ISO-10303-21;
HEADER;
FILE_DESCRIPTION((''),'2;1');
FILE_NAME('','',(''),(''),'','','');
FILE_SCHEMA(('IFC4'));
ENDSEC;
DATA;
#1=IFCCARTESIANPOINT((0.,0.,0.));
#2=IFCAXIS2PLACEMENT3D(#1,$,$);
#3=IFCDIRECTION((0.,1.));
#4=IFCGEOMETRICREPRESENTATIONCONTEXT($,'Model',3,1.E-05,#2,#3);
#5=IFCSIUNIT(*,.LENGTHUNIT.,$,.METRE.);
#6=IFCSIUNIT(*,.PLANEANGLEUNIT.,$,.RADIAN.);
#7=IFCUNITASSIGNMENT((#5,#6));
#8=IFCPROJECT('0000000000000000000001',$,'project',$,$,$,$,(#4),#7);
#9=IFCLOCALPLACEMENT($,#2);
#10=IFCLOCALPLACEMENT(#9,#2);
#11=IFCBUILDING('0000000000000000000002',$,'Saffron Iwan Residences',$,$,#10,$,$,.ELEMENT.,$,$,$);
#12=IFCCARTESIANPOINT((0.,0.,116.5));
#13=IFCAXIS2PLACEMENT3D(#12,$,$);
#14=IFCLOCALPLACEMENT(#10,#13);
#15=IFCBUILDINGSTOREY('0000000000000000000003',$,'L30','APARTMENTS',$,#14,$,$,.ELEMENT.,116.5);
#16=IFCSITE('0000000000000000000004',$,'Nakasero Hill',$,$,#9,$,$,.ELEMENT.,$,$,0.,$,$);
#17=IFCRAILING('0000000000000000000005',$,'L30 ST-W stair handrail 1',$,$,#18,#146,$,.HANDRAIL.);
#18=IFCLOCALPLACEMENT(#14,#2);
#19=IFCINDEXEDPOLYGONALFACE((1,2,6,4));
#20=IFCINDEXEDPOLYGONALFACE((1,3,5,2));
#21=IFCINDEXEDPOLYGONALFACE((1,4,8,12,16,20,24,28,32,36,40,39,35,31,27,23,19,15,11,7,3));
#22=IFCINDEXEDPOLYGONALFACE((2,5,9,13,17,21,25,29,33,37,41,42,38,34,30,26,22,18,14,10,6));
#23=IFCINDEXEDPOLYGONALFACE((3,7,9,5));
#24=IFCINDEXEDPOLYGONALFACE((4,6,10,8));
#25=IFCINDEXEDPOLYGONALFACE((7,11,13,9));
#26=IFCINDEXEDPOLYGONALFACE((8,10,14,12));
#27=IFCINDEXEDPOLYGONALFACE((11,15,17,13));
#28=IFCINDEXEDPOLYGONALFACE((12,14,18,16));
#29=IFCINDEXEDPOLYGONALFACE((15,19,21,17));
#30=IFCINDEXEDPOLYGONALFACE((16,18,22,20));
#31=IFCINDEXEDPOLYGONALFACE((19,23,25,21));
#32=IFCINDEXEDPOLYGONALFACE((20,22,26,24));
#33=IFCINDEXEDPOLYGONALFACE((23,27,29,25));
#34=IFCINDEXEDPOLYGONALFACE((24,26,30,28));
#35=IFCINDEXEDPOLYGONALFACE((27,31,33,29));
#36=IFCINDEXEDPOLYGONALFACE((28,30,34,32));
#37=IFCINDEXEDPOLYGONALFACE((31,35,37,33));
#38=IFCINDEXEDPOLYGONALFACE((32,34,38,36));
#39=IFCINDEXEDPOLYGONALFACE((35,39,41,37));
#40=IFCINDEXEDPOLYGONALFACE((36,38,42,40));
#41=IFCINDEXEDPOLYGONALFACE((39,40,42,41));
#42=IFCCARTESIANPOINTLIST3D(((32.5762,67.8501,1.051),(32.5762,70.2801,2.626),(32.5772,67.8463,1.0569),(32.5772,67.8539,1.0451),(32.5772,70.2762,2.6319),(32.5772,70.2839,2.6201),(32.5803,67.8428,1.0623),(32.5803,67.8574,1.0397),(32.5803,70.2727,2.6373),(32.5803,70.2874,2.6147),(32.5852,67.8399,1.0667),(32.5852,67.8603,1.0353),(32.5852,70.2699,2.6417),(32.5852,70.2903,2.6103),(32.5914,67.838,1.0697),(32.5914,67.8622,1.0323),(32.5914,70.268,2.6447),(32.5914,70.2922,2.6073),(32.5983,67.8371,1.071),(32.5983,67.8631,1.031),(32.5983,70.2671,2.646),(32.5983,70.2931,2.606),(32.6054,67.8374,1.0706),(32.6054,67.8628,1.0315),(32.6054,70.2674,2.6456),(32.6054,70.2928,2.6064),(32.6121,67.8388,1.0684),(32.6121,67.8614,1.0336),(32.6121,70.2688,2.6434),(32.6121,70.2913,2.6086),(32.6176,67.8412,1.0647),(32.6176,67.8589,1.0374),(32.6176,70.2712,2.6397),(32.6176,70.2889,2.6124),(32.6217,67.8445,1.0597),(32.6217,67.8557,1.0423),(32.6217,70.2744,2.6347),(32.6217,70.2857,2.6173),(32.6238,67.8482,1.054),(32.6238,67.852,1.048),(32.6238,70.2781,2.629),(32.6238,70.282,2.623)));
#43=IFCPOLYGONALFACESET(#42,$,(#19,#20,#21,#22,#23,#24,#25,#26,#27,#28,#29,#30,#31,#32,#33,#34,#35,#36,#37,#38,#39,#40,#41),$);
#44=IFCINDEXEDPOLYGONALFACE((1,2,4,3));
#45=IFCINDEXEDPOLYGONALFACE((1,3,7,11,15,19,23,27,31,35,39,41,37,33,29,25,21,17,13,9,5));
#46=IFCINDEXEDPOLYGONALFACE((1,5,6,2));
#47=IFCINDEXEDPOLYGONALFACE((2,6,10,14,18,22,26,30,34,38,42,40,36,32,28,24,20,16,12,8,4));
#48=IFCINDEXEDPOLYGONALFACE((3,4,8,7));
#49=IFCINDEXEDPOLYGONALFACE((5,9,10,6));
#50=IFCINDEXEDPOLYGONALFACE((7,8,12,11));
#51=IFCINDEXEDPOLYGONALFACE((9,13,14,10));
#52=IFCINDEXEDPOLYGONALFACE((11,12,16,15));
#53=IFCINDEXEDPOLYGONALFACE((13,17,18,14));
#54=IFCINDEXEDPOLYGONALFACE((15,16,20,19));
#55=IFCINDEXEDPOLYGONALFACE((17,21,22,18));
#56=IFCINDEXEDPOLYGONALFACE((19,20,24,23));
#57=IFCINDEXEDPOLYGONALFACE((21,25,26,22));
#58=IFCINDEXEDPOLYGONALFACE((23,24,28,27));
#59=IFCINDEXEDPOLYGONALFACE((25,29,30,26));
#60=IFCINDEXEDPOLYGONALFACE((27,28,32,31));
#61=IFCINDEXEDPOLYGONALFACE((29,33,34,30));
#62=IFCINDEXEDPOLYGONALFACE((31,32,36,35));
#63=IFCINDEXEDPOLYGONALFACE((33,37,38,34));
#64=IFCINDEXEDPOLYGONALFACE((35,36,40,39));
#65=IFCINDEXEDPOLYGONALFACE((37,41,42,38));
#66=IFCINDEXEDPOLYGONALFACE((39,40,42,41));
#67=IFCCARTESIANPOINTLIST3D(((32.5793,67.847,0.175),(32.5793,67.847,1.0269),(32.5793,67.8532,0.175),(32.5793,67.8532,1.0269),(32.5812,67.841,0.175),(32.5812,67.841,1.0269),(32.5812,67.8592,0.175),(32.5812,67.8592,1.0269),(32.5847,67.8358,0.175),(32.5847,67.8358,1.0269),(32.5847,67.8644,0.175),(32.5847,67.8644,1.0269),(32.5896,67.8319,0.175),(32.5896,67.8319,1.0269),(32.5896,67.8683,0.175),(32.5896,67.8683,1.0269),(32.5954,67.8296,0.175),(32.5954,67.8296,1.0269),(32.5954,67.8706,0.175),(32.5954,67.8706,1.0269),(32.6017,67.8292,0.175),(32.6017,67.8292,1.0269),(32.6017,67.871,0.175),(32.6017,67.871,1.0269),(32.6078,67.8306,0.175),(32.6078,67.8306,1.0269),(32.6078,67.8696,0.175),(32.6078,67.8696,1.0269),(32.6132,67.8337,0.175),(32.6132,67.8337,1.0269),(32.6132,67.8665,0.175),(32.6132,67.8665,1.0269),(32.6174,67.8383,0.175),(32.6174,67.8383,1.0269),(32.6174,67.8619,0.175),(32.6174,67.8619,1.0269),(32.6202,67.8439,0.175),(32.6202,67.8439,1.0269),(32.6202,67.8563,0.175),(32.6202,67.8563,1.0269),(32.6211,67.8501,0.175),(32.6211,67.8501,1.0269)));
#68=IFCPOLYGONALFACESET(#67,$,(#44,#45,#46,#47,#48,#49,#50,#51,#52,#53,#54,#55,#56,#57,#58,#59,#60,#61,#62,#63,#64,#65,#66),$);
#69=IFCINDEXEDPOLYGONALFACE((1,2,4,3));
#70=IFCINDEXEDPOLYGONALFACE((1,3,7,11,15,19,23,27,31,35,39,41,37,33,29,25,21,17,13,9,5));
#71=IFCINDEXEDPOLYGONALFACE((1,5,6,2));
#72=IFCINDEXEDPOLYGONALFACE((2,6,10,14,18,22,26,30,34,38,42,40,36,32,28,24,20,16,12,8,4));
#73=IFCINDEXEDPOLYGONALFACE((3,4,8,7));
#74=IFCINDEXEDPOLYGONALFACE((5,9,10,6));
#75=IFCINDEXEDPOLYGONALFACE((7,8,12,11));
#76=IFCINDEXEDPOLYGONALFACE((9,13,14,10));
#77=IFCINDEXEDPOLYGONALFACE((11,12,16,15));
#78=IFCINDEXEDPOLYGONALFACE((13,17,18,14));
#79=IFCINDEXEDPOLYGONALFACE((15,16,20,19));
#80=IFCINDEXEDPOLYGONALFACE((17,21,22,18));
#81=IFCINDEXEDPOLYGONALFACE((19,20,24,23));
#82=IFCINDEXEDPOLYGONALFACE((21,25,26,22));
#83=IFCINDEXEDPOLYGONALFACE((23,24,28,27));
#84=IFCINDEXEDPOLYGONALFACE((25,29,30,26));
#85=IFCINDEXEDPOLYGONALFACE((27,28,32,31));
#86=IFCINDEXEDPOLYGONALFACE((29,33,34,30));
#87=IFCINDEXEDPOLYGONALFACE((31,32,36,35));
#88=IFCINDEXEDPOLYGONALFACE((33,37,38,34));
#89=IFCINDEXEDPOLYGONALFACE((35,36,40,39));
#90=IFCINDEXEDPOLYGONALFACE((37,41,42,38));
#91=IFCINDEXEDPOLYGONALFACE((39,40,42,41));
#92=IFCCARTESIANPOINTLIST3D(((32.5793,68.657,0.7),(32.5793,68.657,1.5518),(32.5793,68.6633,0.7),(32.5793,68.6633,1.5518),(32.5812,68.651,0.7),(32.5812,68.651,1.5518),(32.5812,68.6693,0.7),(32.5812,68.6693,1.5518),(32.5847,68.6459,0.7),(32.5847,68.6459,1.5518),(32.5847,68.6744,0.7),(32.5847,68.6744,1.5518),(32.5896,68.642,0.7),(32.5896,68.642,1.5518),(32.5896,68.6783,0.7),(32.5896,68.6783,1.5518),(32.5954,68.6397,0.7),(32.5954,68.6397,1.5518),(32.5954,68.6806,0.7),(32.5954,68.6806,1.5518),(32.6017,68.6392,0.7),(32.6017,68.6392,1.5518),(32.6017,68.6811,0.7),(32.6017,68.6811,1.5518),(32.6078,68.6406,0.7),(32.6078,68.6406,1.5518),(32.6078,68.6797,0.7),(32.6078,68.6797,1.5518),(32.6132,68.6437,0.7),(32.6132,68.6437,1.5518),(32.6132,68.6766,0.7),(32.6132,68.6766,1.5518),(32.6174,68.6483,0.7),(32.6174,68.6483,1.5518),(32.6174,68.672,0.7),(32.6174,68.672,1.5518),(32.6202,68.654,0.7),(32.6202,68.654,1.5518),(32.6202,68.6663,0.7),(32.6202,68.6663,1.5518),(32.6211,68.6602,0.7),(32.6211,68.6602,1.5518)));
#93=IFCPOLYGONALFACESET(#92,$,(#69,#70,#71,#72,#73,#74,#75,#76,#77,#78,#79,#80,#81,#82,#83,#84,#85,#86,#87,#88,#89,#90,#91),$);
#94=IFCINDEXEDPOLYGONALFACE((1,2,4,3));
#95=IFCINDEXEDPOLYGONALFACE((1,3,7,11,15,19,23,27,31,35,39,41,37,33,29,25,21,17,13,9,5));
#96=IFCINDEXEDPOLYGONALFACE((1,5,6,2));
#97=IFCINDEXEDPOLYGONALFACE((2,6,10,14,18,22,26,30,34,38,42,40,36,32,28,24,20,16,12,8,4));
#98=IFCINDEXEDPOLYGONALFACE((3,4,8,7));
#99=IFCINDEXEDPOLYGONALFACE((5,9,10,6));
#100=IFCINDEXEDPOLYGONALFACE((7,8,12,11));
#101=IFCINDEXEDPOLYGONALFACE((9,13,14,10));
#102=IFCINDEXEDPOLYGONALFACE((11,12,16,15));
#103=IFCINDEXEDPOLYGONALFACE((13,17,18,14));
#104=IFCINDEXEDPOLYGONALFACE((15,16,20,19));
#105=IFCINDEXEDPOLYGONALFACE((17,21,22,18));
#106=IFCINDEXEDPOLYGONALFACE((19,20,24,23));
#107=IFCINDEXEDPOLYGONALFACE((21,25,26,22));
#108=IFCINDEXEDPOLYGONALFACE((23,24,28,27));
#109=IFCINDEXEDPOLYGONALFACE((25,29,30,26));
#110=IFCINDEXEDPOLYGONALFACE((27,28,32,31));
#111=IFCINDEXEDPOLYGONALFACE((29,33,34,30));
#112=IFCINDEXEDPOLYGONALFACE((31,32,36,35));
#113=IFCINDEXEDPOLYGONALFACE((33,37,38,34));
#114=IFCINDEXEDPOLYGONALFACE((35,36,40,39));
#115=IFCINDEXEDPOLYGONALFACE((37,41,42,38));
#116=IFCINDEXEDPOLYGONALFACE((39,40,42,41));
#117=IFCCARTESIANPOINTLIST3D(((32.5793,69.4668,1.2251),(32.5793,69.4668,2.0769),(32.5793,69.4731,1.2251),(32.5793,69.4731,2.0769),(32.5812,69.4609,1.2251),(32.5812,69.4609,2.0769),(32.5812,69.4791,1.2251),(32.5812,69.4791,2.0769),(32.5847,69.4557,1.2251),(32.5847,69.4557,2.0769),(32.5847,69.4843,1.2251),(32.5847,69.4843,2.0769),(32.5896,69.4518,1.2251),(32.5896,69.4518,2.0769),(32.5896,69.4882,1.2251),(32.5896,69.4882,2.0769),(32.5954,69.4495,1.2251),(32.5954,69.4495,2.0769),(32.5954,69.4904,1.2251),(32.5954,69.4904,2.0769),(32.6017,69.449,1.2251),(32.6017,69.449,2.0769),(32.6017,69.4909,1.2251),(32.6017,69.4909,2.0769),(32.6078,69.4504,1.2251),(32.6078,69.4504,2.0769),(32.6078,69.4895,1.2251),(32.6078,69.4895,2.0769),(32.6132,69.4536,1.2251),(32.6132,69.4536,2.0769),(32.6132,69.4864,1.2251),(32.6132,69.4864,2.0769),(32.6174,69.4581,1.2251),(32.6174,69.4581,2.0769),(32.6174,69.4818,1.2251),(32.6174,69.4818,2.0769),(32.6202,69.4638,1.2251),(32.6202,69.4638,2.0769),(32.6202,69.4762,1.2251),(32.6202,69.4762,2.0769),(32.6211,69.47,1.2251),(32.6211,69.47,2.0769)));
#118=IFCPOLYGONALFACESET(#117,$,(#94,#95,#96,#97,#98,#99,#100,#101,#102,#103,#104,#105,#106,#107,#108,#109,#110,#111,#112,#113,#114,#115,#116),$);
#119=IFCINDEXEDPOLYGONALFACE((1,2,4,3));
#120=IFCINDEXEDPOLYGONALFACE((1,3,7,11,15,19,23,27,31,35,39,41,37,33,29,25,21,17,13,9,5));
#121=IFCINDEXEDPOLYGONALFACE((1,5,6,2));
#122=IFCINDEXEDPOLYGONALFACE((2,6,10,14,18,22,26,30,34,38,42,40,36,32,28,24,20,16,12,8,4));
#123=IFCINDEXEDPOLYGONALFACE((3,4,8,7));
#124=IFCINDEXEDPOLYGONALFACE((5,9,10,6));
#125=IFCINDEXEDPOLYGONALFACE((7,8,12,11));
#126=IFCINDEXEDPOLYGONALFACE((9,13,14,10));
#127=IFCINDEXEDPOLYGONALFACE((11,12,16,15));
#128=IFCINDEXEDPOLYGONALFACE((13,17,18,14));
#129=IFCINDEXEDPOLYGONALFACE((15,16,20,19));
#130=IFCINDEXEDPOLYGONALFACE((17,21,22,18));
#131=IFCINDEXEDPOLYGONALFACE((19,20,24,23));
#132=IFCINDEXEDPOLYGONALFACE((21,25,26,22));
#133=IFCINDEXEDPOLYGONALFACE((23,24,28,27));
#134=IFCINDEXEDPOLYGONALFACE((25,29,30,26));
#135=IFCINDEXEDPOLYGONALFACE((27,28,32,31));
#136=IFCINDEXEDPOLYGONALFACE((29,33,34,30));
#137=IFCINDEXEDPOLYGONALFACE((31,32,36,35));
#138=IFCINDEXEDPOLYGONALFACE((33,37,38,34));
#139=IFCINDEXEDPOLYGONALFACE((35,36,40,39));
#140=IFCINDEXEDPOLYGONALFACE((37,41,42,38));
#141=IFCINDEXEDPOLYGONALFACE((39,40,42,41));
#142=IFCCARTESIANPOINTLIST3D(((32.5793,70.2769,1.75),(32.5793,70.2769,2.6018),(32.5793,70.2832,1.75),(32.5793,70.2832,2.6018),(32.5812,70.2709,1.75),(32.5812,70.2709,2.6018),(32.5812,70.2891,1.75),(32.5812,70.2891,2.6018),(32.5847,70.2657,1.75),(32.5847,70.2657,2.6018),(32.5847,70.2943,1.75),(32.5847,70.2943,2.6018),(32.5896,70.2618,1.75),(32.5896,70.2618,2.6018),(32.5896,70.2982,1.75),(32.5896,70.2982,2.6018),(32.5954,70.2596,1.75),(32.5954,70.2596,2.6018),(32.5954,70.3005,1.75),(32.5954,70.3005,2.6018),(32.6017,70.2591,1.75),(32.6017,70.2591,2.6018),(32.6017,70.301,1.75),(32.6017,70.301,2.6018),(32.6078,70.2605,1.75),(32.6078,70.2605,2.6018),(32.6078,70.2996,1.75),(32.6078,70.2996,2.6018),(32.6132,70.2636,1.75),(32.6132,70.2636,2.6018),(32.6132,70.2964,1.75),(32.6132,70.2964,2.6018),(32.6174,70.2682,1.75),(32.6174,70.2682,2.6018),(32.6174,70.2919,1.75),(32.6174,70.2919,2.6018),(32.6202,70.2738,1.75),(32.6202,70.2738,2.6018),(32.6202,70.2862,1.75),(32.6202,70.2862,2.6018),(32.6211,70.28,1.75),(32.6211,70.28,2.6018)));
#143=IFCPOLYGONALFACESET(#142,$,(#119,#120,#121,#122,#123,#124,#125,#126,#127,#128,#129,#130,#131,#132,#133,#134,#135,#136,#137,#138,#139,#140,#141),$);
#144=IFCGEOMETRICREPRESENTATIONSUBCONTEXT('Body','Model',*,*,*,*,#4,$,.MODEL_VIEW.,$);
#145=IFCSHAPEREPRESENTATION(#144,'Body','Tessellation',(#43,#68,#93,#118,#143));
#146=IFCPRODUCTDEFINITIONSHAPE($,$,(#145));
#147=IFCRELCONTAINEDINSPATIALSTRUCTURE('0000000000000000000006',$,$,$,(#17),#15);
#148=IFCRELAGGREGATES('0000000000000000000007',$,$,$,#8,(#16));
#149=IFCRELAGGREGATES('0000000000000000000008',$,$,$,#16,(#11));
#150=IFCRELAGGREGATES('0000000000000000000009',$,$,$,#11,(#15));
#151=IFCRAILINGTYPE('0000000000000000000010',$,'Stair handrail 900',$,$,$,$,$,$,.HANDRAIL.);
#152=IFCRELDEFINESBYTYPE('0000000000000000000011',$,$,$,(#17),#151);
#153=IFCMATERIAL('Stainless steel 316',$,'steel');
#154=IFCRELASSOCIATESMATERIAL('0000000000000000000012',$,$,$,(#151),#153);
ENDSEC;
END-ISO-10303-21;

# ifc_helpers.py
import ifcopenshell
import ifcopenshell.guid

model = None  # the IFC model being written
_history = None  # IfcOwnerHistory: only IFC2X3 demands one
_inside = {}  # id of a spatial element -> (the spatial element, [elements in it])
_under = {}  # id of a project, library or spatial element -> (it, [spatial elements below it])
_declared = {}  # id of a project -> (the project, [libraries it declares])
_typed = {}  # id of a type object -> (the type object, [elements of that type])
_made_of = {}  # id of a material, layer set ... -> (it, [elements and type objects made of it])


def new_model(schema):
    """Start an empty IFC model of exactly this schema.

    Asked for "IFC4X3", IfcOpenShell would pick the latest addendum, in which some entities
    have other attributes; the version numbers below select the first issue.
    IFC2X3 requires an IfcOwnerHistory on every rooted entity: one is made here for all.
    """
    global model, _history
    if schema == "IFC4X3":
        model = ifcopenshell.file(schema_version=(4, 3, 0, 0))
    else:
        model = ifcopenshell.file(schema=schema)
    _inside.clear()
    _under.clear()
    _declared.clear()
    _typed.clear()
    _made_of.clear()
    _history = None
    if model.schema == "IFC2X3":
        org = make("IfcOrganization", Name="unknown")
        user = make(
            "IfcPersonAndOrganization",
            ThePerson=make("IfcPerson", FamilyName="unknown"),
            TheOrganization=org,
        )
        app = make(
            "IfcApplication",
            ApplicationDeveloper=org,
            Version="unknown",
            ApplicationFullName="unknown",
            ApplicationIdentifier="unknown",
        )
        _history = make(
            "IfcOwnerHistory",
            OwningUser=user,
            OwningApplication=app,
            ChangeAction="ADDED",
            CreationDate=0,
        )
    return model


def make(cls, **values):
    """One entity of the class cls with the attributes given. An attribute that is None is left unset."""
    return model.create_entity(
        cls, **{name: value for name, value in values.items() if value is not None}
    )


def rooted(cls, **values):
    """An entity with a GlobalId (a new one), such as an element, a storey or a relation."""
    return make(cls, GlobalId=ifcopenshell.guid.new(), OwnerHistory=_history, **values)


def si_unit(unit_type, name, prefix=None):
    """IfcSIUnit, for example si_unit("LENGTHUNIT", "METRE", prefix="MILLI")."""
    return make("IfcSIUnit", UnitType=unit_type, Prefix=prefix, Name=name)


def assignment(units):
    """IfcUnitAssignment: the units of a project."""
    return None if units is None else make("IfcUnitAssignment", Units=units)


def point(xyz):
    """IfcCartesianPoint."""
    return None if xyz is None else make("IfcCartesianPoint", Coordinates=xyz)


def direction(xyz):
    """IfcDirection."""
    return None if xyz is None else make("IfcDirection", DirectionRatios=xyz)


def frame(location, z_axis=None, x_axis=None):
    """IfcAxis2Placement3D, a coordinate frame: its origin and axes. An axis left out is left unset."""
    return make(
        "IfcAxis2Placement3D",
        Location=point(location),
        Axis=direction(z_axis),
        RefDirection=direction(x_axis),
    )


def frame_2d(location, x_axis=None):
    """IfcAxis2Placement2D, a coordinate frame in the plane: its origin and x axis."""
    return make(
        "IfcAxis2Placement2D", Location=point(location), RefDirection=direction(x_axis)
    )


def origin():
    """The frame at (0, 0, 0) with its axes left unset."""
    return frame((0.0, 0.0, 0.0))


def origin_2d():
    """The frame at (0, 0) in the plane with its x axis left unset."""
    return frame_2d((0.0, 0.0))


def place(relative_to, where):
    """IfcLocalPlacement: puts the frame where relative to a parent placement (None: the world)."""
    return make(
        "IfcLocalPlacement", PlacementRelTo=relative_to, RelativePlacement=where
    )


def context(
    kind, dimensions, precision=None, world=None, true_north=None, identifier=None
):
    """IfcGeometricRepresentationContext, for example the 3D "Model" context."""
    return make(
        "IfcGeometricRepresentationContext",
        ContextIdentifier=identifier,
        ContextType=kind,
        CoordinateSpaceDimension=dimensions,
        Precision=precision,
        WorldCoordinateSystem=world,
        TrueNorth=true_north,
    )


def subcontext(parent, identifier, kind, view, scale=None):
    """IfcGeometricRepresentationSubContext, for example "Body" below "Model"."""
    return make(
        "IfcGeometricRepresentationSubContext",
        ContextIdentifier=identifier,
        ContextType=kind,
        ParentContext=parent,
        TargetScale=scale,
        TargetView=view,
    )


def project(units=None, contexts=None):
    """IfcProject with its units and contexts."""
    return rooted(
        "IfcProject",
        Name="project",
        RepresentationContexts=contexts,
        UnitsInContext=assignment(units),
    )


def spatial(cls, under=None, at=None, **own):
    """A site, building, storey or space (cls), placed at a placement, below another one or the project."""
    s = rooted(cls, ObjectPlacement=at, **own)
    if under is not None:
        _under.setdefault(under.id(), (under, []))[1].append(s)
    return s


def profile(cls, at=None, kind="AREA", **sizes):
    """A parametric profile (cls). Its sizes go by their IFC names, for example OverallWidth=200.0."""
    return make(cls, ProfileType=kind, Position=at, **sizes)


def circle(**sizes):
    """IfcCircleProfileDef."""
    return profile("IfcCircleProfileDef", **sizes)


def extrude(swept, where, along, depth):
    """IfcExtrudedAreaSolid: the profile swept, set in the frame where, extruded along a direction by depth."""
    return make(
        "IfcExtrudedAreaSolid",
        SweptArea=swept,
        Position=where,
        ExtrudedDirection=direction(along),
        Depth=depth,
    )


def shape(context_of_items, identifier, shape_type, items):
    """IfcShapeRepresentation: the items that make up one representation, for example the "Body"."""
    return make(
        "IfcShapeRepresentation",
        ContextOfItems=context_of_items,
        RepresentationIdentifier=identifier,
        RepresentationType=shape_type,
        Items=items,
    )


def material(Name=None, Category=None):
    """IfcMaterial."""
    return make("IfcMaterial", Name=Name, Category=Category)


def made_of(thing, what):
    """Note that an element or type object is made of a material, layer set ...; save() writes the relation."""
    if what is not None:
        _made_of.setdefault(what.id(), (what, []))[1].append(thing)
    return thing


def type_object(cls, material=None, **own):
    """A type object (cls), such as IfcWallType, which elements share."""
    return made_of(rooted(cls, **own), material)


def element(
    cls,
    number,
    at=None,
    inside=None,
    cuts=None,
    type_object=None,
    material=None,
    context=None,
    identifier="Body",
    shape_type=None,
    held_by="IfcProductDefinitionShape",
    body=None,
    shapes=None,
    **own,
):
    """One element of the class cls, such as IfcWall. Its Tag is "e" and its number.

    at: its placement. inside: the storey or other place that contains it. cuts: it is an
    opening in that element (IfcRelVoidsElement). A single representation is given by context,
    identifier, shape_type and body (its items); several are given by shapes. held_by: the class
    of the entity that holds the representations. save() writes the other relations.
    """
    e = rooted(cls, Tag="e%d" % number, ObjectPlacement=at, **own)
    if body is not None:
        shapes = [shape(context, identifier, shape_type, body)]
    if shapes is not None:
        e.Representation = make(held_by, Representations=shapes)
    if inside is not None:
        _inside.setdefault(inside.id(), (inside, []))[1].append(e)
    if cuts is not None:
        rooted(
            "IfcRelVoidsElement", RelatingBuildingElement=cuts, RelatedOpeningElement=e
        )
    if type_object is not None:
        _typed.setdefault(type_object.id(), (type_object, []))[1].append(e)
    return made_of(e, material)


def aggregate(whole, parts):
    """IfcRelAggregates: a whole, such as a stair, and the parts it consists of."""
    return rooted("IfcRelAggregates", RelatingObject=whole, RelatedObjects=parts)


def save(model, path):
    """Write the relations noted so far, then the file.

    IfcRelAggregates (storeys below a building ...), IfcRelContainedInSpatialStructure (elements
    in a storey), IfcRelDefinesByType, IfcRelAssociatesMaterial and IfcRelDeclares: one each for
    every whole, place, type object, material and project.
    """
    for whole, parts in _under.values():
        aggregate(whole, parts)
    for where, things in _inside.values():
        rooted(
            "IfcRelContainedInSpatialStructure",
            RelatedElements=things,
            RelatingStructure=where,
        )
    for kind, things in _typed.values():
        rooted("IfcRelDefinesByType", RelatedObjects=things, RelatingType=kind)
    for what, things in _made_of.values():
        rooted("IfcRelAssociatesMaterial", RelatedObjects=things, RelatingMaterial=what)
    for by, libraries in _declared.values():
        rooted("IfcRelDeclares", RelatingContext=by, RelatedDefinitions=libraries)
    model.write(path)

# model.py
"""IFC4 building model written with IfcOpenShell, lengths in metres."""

from ifc_helpers import new_model, si_unit, direction, frame, origin, origin_2d, place, context, subcontext, project, spatial, circle, extrude, material, type_object, element, save


model = new_model("IFC4")

# Units and contexts
model_context = context("Model", 3, precision=1e-05, world=origin(), true_north=direction((0.0, 1.0)))
body_context = subcontext(model_context, "Body", "Model", "MODEL_VIEW")
ifc_project = project(units=[si_unit("LENGTHUNIT", "METRE"), si_unit("PLANEANGLEUNIT", "RADIAN")], contexts=[model_context])

# Site, building, storey
site_placement = place(None, origin())
site = spatial("IfcSite", under=ifc_project, at=site_placement, Name="Nakasero Hill", CompositionType="ELEMENT", RefElevation=0.0)
building_placement = place(site_placement, origin())
building = spatial("IfcBuilding", under=site, at=building_placement, Name="Saffron Iwan Residences", CompositionType="ELEMENT")
storey_placement = place(building_placement, frame((0.0, 0.0, 116.5)))
storey = spatial("IfcBuildingStorey", under=building, at=storey_placement, Name="L30", Description="APARTMENTS", CompositionType="ELEMENT", Elevation=116.5)

# Railing
ifc_material_1 = material(Name="Stainless steel 316", Category="steel")
railing_type = type_object("IfcRailingType", Name="Stair handrail 900", PredefinedType="HANDRAIL", material=ifc_material_1)
railing_placement = place(storey_placement, frame((32.6001, 67.8501, 0.175)))
element("IfcRailing", 1, at=railing_placement, inside=storey, type_object=railing_type, Name="L30 ST-W stair handrail 1", PredefinedType="HANDRAIL", context=body_context, shape_type="SweptSolid", body=[
    extrude(circle(Radius=0.0239, at=origin_2d()), frame((0.0, 0.0, 0.876), z_axis=(0.0, 0.839154, 0.543894), x_axis=(-1.0, 0.0, 0.0)), (0.0, 0.0, 1.0), 2.8958),
    extrude(circle(Radius=0.021, at=origin_2d()), origin(), (0.0, 0.0, 1.0), 0.8518),
    extrude(circle(Radius=0.021, at=origin_2d()), frame((0.0, 0.8101, 0.5249)), (0.0, 0.0, 1.0), 0.8518),
    extrude(circle(Radius=0.021, at=origin_2d()), frame((0.0, 1.6199, 1.05)), (0.0, 0.0, 1.0), 0.8518),
    extrude(circle(Radius=0.021, at=origin_2d()), frame((0.0, 2.4299, 1.575)), (0.0, 0.0, 1.0), 0.8518),
])

save(model, "model.ifc")
